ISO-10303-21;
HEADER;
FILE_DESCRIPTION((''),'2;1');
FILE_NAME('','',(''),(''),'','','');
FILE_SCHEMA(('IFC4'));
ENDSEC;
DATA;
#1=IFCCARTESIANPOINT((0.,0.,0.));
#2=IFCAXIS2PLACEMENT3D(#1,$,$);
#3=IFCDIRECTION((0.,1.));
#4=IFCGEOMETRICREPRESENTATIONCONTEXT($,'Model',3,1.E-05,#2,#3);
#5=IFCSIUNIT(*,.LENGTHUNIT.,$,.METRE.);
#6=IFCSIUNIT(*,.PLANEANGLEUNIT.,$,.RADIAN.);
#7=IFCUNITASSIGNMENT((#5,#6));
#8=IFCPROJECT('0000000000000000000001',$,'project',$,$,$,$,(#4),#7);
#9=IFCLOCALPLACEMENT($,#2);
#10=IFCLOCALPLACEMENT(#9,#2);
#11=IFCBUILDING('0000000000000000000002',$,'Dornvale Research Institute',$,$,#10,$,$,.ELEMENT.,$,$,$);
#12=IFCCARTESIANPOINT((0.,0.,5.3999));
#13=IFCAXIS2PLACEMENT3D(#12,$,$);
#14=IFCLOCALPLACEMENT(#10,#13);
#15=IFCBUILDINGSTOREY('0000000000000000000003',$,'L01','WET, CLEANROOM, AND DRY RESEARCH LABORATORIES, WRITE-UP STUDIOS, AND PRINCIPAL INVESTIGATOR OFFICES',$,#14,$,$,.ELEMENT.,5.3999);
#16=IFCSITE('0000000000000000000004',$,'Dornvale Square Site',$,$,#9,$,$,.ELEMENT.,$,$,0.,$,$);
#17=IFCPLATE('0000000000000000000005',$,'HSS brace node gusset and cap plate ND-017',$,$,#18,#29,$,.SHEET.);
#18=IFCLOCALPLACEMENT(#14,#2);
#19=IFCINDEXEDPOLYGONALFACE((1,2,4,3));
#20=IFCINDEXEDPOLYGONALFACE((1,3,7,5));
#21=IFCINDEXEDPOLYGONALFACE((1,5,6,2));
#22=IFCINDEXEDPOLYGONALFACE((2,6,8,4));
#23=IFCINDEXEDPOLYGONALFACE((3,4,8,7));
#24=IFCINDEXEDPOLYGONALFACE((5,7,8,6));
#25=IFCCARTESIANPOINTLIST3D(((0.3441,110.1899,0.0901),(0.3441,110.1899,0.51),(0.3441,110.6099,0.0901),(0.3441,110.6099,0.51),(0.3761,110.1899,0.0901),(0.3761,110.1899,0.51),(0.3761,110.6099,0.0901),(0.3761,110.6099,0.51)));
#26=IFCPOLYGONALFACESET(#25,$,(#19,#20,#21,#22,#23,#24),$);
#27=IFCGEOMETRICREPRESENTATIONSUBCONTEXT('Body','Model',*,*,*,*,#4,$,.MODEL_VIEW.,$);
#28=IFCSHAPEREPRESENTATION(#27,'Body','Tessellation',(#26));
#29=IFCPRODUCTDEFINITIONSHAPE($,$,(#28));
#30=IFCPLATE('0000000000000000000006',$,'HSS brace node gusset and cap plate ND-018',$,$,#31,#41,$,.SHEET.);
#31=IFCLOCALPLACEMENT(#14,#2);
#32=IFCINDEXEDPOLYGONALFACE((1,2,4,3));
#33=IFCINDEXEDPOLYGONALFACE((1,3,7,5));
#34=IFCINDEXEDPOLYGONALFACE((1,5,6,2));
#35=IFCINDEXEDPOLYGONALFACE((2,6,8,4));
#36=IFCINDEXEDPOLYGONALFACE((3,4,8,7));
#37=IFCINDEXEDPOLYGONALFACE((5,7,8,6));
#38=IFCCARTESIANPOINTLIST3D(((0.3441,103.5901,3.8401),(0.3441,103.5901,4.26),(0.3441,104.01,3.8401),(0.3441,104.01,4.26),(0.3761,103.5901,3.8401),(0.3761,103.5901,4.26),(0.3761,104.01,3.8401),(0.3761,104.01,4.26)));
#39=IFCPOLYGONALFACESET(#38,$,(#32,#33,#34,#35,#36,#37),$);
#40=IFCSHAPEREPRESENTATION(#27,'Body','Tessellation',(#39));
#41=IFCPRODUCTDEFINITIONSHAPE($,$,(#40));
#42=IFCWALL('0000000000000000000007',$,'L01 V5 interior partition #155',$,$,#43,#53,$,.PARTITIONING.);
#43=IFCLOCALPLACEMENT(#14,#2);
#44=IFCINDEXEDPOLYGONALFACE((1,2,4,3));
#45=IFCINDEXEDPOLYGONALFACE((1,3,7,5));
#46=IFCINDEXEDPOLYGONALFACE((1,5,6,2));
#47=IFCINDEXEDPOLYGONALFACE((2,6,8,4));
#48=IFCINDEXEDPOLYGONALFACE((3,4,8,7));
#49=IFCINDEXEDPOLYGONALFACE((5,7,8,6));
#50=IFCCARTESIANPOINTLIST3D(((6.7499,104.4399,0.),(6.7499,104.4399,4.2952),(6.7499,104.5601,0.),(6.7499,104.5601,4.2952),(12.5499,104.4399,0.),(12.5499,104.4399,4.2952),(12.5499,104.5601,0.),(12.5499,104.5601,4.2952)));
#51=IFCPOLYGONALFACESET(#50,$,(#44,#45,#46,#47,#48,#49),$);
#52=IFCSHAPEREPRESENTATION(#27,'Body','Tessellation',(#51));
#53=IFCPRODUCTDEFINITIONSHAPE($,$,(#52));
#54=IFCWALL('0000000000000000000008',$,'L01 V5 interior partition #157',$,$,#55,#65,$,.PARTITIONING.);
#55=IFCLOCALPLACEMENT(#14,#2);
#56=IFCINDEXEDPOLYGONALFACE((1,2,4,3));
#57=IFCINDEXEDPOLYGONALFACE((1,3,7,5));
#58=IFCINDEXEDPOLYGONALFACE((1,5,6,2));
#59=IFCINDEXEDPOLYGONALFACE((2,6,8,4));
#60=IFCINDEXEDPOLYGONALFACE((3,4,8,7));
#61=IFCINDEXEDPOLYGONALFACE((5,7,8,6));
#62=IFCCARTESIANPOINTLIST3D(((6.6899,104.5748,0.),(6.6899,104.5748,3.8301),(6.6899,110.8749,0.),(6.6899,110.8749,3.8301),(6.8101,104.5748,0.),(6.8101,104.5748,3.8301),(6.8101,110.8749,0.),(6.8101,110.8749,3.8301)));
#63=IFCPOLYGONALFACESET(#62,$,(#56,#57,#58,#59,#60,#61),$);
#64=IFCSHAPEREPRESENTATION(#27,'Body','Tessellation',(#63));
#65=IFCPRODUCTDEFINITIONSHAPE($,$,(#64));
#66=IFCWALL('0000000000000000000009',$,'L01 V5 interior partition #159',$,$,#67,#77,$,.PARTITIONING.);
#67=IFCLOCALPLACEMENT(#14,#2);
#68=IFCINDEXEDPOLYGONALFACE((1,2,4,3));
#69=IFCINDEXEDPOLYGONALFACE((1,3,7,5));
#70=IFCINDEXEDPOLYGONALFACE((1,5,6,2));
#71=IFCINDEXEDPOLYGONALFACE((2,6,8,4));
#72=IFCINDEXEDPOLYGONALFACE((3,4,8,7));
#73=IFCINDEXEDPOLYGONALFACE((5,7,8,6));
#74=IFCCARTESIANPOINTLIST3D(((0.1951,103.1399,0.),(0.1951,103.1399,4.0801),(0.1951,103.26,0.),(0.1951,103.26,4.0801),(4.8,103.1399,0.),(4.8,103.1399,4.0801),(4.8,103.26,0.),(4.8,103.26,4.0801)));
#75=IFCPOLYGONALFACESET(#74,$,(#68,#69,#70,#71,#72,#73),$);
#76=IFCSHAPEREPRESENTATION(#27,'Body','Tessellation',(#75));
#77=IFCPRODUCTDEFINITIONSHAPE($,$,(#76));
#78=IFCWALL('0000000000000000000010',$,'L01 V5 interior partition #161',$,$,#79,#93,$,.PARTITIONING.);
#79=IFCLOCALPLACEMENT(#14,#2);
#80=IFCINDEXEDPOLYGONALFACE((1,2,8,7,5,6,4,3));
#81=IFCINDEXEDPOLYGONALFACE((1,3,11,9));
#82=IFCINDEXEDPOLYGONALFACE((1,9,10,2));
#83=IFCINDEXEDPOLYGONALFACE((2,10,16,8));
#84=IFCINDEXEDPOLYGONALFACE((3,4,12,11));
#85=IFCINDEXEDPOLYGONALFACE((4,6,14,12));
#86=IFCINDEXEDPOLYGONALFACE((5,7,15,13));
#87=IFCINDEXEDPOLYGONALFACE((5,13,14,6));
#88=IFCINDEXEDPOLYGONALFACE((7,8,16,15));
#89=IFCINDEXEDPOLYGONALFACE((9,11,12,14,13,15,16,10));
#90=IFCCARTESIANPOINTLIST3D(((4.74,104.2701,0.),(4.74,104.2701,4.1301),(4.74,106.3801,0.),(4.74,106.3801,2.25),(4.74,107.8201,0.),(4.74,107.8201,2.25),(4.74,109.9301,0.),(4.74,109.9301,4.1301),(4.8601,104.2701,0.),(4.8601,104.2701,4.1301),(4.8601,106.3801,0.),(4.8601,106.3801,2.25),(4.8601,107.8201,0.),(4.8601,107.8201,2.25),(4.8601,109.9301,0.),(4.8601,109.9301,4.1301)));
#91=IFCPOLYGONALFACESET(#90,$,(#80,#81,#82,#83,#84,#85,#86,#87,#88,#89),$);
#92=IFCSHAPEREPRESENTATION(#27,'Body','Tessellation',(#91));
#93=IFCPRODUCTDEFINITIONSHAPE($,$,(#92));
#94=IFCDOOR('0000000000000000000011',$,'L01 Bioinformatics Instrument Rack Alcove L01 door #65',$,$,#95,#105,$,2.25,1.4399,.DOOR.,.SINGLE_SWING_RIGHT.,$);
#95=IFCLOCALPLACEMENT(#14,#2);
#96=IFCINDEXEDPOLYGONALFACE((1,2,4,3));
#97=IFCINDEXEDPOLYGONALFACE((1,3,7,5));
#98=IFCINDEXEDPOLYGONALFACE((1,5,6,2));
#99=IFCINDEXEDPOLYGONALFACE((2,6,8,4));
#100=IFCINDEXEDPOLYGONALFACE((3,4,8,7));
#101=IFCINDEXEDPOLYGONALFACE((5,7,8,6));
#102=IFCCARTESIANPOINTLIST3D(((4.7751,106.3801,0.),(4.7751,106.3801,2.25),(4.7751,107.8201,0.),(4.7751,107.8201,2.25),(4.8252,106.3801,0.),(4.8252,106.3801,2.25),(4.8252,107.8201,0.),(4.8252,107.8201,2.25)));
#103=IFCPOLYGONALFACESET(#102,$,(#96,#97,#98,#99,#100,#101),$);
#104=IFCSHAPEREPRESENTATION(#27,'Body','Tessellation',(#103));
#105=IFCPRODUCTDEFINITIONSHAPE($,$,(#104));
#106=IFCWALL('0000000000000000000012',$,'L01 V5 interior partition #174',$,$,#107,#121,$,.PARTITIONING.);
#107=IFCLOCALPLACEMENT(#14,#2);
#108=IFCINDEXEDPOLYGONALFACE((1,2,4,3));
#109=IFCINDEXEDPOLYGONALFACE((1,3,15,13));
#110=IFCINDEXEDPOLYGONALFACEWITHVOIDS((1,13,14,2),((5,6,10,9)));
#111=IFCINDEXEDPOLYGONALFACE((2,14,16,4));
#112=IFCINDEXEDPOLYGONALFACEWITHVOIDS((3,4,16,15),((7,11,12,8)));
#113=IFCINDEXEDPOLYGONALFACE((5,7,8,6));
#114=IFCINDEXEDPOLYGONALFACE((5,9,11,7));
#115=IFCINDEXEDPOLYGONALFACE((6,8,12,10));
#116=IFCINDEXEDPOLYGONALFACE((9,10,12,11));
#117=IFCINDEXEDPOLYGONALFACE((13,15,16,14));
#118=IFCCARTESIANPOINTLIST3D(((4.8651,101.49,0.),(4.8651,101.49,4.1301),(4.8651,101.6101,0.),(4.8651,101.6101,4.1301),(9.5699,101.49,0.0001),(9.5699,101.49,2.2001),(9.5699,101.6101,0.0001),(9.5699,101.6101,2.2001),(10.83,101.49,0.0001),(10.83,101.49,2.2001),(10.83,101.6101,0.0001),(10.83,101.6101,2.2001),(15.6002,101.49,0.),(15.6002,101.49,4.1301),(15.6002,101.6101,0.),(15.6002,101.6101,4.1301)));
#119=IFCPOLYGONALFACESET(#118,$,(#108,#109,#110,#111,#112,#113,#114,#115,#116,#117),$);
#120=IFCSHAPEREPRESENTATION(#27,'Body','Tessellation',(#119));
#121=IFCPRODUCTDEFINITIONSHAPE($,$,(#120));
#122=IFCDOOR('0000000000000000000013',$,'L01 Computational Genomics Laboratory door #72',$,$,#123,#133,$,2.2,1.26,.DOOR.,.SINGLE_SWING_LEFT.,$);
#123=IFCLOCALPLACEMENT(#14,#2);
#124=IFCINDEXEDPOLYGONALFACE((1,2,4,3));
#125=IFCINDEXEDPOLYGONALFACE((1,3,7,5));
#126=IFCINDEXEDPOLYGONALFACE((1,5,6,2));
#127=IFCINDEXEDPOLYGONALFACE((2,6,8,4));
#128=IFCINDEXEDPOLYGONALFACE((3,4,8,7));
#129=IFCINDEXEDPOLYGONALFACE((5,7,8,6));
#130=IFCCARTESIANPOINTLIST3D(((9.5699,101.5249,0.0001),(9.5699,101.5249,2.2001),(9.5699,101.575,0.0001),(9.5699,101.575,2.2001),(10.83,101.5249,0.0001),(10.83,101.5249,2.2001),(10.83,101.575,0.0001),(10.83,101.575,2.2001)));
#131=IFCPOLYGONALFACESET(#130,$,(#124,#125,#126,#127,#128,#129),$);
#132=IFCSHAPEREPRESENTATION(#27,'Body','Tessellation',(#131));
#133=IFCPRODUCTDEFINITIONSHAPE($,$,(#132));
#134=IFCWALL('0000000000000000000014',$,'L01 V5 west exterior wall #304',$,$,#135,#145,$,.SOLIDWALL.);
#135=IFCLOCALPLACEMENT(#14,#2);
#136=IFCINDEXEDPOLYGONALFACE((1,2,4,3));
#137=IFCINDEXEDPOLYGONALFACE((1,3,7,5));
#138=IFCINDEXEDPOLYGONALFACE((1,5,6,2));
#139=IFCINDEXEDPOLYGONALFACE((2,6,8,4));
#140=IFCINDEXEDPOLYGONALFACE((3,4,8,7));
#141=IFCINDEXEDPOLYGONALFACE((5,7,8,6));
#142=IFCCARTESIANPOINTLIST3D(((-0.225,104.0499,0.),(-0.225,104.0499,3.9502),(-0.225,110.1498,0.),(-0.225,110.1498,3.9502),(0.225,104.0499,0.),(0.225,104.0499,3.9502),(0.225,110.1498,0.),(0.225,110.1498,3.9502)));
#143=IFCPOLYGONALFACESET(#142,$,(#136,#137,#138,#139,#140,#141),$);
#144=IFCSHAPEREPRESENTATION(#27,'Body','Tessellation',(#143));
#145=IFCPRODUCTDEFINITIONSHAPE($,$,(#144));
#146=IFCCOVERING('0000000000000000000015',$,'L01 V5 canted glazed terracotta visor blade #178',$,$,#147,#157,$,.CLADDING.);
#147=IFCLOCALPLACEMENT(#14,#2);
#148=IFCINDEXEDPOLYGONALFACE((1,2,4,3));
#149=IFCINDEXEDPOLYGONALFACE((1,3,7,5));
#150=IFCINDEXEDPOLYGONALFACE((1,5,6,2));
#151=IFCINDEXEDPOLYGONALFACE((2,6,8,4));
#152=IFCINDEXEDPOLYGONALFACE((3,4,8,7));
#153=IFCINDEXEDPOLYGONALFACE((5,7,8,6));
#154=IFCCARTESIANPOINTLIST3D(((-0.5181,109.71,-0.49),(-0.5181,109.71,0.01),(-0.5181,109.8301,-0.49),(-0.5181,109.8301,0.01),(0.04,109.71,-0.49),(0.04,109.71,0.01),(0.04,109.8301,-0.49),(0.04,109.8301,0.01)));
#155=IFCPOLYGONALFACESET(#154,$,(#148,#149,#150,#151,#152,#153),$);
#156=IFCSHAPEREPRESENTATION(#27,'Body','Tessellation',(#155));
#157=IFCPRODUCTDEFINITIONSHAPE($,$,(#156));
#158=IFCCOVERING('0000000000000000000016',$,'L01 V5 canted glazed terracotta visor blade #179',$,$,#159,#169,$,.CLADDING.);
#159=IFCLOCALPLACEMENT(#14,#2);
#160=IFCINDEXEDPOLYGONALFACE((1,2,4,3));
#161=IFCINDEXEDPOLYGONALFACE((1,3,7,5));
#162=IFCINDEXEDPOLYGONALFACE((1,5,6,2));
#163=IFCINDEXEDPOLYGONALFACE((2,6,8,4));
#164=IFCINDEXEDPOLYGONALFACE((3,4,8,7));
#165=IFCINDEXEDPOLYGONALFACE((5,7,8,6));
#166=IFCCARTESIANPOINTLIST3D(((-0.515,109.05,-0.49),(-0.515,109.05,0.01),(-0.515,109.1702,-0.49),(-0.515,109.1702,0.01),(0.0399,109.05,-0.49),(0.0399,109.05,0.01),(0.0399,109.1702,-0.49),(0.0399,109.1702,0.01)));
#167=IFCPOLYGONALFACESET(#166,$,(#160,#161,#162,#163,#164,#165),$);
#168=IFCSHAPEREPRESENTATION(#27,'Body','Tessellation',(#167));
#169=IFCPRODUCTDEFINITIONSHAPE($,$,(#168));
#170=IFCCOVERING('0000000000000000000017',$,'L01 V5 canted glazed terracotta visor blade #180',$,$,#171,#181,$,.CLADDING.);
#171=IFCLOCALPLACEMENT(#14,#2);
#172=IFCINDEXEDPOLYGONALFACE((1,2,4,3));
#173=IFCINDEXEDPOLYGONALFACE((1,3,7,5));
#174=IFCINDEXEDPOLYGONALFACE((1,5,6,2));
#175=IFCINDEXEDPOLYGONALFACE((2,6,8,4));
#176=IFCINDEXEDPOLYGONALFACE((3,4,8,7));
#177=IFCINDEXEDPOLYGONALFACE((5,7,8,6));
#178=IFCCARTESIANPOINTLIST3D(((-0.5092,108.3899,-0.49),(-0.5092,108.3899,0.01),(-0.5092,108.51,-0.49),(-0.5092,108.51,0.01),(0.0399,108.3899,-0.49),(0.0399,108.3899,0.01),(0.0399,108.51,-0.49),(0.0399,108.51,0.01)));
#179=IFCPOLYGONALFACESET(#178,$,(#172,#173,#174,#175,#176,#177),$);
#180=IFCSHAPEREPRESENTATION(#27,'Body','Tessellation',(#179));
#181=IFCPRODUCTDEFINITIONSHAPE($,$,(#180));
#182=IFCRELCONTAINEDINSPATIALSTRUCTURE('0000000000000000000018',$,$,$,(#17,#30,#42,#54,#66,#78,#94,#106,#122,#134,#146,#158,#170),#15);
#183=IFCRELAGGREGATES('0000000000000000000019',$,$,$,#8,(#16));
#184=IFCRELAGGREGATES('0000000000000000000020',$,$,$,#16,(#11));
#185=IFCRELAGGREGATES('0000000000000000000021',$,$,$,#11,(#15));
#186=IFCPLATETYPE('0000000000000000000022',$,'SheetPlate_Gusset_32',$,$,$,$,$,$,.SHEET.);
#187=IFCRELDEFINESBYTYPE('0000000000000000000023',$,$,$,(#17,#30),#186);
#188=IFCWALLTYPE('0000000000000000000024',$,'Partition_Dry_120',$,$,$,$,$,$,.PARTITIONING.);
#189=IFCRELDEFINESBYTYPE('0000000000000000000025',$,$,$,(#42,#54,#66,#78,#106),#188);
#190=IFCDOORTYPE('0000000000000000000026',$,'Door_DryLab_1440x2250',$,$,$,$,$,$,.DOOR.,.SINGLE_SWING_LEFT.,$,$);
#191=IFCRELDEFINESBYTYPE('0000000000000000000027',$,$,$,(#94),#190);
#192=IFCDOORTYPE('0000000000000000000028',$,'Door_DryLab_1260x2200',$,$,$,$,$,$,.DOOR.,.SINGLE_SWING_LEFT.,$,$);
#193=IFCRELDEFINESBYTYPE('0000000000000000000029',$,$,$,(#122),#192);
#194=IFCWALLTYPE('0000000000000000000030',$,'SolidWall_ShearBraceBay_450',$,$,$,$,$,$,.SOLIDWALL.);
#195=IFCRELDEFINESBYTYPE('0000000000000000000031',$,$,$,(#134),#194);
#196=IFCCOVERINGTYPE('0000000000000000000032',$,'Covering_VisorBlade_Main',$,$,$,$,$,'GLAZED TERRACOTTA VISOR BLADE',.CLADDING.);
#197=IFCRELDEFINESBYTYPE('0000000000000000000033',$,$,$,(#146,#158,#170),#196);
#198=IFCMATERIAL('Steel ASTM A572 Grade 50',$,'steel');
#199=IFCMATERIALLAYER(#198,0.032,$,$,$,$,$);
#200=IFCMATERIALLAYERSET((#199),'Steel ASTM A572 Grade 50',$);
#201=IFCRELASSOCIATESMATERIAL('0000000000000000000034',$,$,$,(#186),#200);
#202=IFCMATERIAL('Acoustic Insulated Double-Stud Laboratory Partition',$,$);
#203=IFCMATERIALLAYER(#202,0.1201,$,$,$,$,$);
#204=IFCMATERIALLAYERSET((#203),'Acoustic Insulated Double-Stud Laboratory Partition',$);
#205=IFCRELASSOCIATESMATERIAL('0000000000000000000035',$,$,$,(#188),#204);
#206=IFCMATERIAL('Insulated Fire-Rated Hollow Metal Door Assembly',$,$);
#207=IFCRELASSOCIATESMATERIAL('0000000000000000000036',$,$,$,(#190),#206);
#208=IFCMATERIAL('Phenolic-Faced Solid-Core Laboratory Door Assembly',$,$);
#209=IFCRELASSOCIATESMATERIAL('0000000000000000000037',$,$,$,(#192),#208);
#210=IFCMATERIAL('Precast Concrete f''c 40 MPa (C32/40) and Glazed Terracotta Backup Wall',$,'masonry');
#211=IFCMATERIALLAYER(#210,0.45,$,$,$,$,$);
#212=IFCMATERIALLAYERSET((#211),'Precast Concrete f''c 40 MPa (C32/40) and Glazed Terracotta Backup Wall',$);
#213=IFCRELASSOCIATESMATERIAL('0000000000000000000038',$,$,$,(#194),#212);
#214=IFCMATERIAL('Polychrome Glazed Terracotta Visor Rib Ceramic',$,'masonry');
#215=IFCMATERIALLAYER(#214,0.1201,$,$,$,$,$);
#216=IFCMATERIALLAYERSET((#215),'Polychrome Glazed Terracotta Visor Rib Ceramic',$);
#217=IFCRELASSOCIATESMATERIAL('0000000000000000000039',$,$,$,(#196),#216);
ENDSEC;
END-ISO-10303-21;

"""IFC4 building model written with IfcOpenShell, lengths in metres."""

from ifc_helpers import new_model, si_unit, direction, frame, frame_2d, origin, origin_2d, place, context, subcontext, project, spatial, rectangle, extrude, material, layer, layer_set, type_object, element, fill, save


model = new_model("IFC4")

# Units and contexts
model_context = context("Model", 3, precision=1e-05, world=origin(), true_north=direction((0.0, 1.0)))
body_context = subcontext(model_context, "Body", "Model", "MODEL_VIEW")
ifc_project = project(units=[si_unit("LENGTHUNIT", "METRE"), si_unit("PLANEANGLEUNIT", "RADIAN")], contexts=[model_context])

# Site, building, storey
site_placement = place(None, origin())
site = spatial("IfcSite", under=ifc_project, at=site_placement, Name="Dornvale Square Site", CompositionType="ELEMENT", RefElevation=0.0)
building_placement = place(site_placement, origin())
building = spatial("IfcBuilding", under=site, at=building_placement, Name="Dornvale Research Institute", CompositionType="ELEMENT")
storey_placement = place(building_placement, frame((0.0, 0.0, 5.3999)))
storey = spatial("IfcBuildingStorey", under=building, at=storey_placement, Name="L01", Description="WET, CLEANROOM, AND DRY RESEARCH LABORATORIES, WRITE-UP STUDIOS, AND PRINCIPAL INVESTIGATOR OFFICES", CompositionType="ELEMENT", Elevation=5.3999)

# Plates
ifc_material_1 = material(Name="Steel ASTM A572 Grade 50", Category="steel")
ifc_layer_1 = layer(ifc_material_1, 0.032)
ifc_layer_set_1 = layer_set([ifc_layer_1], Name="Steel ASTM A572 Grade 50")
plate_type = type_object("IfcPlateType", Name="SheetPlate_Gusset_32", PredefinedType="SHEET", material=ifc_layer_set_1)
for number, where, z_axis, x_axis, name in (
    (1, (0.3601, 110.3999, 0.0901), (0.0, 0.0, 1.0), (0.0, 1.0, 0.0), "HSS brace node gusset and cap plate ND-017"),
    (2, (0.3601, 103.8, 3.8401), (0.0, 0.0, 1.0), (0.0, 1.0, 0.0), "HSS brace node gusset and cap plate ND-018"),
):
    element("IfcPlate", number, at=place(storey_placement, frame(where, z_axis=z_axis, x_axis=x_axis)), inside=storey, type_object=plate_type, Name=name, PredefinedType="SHEET", context=body_context, shape_type="SweptSolid", body=[
        extrude(rectangle(XDim=0.4199, YDim=0.032, at=origin_2d()), origin(), (0.0, 0.0, 1.0), 0.4199),
    ])

# Walls
ifc_material_2 = material(Name="Acoustic Insulated Double-Stud Laboratory Partition")
ifc_layer_2 = layer(ifc_material_2, 0.1201)
ifc_layer_set_2 = layer_set([ifc_layer_2], Name="Acoustic Insulated Double-Stud Laboratory Partition")
wall_type_1 = type_object("IfcWallType", Name="Partition_Dry_120", PredefinedType="PARTITIONING", material=ifc_layer_set_2)
wall_1_placement = place(storey_placement, frame((6.75, 104.5, 0.0), z_axis=(0.0, 0.0, 1.0), x_axis=(1.0, 0.0, 0.0)))
element("IfcWall", 3, at=wall_1_placement, inside=storey, type_object=wall_type_1, Name="L01 V5 interior partition #155", PredefinedType="PARTITIONING", context=body_context, shape_type="SweptSolid", body=[
    extrude(rectangle(XDim=5.8, YDim=0.1201, at=frame_2d((2.8999, 0.0))), origin(), (0.0, 0.0, 1.0), 4.2952),
])
wall_2_placement = place(storey_placement, frame((6.75, 104.575, 0.0), z_axis=(0.0, 0.0, 1.0), x_axis=(0.0, 1.0, 0.0)))
element("IfcWall", 4, at=wall_2_placement, inside=storey, type_object=wall_type_1, Name="L01 V5 interior partition #157", PredefinedType="PARTITIONING", context=body_context, shape_type="SweptSolid", body=[
    extrude(rectangle(XDim=6.3, YDim=0.1201, at=frame_2d((3.1499, 0.0))), origin(), (0.0, 0.0, 1.0), 3.8301),
])
wall_3_placement = place(storey_placement, frame((0.1951, 103.2, 0.0), z_axis=(0.0, 0.0, 1.0), x_axis=(1.0, 0.0, 0.0)))
element("IfcWall", 5, at=wall_3_placement, inside=storey, type_object=wall_type_1, Name="L01 V5 interior partition #159", PredefinedType="PARTITIONING", context=body_context, shape_type="SweptSolid", body=[
    extrude(rectangle(XDim=4.605, YDim=0.1201, at=frame_2d((2.3025, 0.0))), origin(), (0.0, 0.0, 1.0), 4.0801),
])

# Walls, openings, doors
wall_4_placement = place(storey_placement, frame((4.8, 104.27, 0.0), z_axis=(0.0, 0.0, 1.0), x_axis=(0.0, 1.0, 0.0)))
wall_4 = element("IfcWall", 6, at=wall_4_placement, inside=storey, type_object=wall_type_1, Name="L01 V5 interior partition #161", PredefinedType="PARTITIONING", context=body_context, shape_type="SweptSolid", body=[
    extrude(rectangle(XDim=5.6599, YDim=0.1201, at=frame_2d((2.8301, 0.0))), origin(), (0.0, 0.0, 1.0), 4.1301),
])
opening_1_placement = place(wall_4_placement, frame((2.1101, 0.0, 0.0)))
opening_1 = element("IfcOpeningElement", 7, at=opening_1_placement, cuts=wall_4, PredefinedType="OPENING", context=body_context, shape_type="SweptSolid", body=[
    extrude(rectangle(XDim=1.4399, YDim=2.25, at=frame_2d((0.72, 1.125))), frame((0.0, 0.075, 0.0), z_axis=(0.0, -1.0, 0.0), x_axis=(1.0, 0.0, 0.0)), (0.0, 0.0, 1.0), 0.1501),
])
ifc_material_3 = material(Name="Insulated Fire-Rated Hollow Metal Door Assembly")
door_type_1 = type_object("IfcDoorType", Name="Door_DryLab_1440x2250", OperationType="SINGLE_SWING_LEFT", PredefinedType="DOOR", material=ifc_material_3)
door_1_placement = place(opening_1_placement, origin())
door_1 = element("IfcDoor", 8, at=door_1_placement, inside=storey, type_object=door_type_1, Name="L01 Bioinformatics Instrument Rack Alcove L01 door #65", OperationType="SINGLE_SWING_RIGHT", OverallHeight=2.25, OverallWidth=1.4399, PredefinedType="DOOR", context=body_context, shape_type="SweptSolid", body=[
    extrude(rectangle(XDim=1.4399, YDim=2.25, at=frame_2d((0.72, 1.125))), frame((0.0, 0.0249, 0.0), z_axis=(0.0, -1.0, 0.0), x_axis=(1.0, 0.0, 0.0)), (0.0, 0.0, 1.0), 0.05),
])
fill(opening_1, door_1)
wall_5_placement = place(storey_placement, frame((4.865, 101.55, 0.0), z_axis=(0.0, 0.0, 1.0), x_axis=(1.0, 0.0, 0.0)))
wall_5 = element("IfcWall", 9, at=wall_5_placement, inside=storey, type_object=wall_type_1, Name="L01 V5 interior partition #174", PredefinedType="PARTITIONING", context=body_context, shape_type="SweptSolid", body=[
    extrude(rectangle(XDim=10.7351, YDim=0.1201, at=frame_2d((5.3677, 0.0))), origin(), (0.0, 0.0, 1.0), 4.1301),
])
opening_2_placement = place(wall_5_placement, frame((4.7051, 0.0, 0.0)))
opening_2 = element("IfcOpeningElement", 10, at=opening_2_placement, cuts=wall_5, PredefinedType="OPENING", context=body_context, shape_type="SweptSolid", body=[
    extrude(rectangle(XDim=1.26, YDim=2.2, at=frame_2d((0.6299, 1.1001))), frame((0.0, 0.075, 0.0), z_axis=(0.0, -1.0, 0.0), x_axis=(1.0, 0.0, 0.0)), (0.0, 0.0, 1.0), 0.1501),
])
ifc_material_4 = material(Name="Phenolic-Faced Solid-Core Laboratory Door Assembly")
door_type_2 = type_object("IfcDoorType", Name="Door_DryLab_1260x2200", OperationType="SINGLE_SWING_LEFT", PredefinedType="DOOR", material=ifc_material_4)
door_2_placement = place(opening_2_placement, origin())
door_2 = element("IfcDoor", 11, at=door_2_placement, inside=storey, type_object=door_type_2, Name="L01 Computational Genomics Laboratory door #72", OperationType="SINGLE_SWING_LEFT", OverallHeight=2.2, OverallWidth=1.26, PredefinedType="DOOR", context=body_context, shape_type="SweptSolid", body=[
    extrude(rectangle(XDim=1.26, YDim=2.2, at=frame_2d((0.6299, 1.1001))), frame((0.0, 0.0249, 0.0), z_axis=(0.0, -1.0, 0.0), x_axis=(1.0, 0.0, 0.0)), (0.0, 0.0, 1.0), 0.05),
])
fill(opening_2, door_2)

# Wall
ifc_material_5 = material(Name="Precast Concrete f'c 40 MPa (C32/40) and Glazed Terracotta Backup Wall", Category="masonry")
ifc_layer_3 = layer(ifc_material_5, 0.45)
ifc_layer_set_3 = layer_set([ifc_layer_3], Name="Precast Concrete f'c 40 MPa (C32/40) and Glazed Terracotta Backup Wall")
wall_type_2 = type_object("IfcWallType", Name="SolidWall_ShearBraceBay_450", PredefinedType="SOLIDWALL", material=ifc_layer_set_3)
wall_6_placement = place(storey_placement, frame((0.0, 104.05, 0.0), z_axis=(0.0, 0.0, 1.0), x_axis=(0.0, 1.0, 0.0)))
element("IfcWall", 12, at=wall_6_placement, inside=storey, type_object=wall_type_2, Name="L01 V5 west exterior wall #304", PredefinedType="SOLIDWALL", context=body_context, shape_type="SweptSolid", body=[
    extrude(rectangle(XDim=6.0999, YDim=0.45, at=frame_2d((3.0498, 0.0))), origin(), (0.0, 0.0, 1.0), 3.9502),
])

# Coverings
ifc_material_6 = material(Name="Polychrome Glazed Terracotta Visor Rib Ceramic", Category="masonry")
ifc_layer_4 = layer(ifc_material_6, 0.1201)
ifc_layer_set_4 = layer_set([ifc_layer_4], Name="Polychrome Glazed Terracotta Visor Rib Ceramic")
covering_type = type_object("IfcCoveringType", Name="Covering_VisorBlade_Main", ElementType="GLAZED TERRACOTTA VISOR BLADE", PredefinedType="CLADDING", material=ifc_layer_set_4)
covering_1_placement = place(storey_placement, frame((-0.239, 109.77, -0.49), z_axis=(0.0, 0.0, 1.0), x_axis=(1.0, 0.0, 0.0)))
element("IfcCovering", 13, at=covering_1_placement, inside=storey, type_object=covering_type, Name="L01 V5 canted glazed terracotta visor blade #178", PredefinedType="CLADDING", context=body_context, shape_type="SweptSolid", body=[
    extrude(rectangle(XDim=0.5581, YDim=0.1201, at=origin_2d()), origin(), (0.0, 0.0, 1.0), 0.5),
])
covering_2_placement = place(storey_placement, frame((-0.2375, 109.1101, -0.49), z_axis=(0.0, 0.0, 1.0), x_axis=(1.0, 0.0, 0.0)))
element("IfcCovering", 14, at=covering_2_placement, inside=storey, type_object=covering_type, Name="L01 V5 canted glazed terracotta visor blade #179", PredefinedType="CLADDING", context=body_context, shape_type="SweptSolid", body=[
    extrude(rectangle(XDim=0.5549, YDim=0.1201, at=origin_2d()), origin(), (0.0, 0.0, 1.0), 0.5),
])
covering_3_placement = place(storey_placement, frame((-0.2346, 108.45, -0.49), z_axis=(0.0, 0.0, 1.0), x_axis=(1.0, 0.0, 0.0)))
element("IfcCovering", 15, at=covering_3_placement, inside=storey, type_object=covering_type, Name="L01 V5 canted glazed terracotta visor blade #180", PredefinedType="CLADDING", context=body_context, shape_type="SweptSolid", body=[
    extrude(rectangle(XDim=0.5491, YDim=0.1201, at=origin_2d()), origin(), (0.0, 0.0, 1.0), 0.5),
])

save(model, "model.ifc")
